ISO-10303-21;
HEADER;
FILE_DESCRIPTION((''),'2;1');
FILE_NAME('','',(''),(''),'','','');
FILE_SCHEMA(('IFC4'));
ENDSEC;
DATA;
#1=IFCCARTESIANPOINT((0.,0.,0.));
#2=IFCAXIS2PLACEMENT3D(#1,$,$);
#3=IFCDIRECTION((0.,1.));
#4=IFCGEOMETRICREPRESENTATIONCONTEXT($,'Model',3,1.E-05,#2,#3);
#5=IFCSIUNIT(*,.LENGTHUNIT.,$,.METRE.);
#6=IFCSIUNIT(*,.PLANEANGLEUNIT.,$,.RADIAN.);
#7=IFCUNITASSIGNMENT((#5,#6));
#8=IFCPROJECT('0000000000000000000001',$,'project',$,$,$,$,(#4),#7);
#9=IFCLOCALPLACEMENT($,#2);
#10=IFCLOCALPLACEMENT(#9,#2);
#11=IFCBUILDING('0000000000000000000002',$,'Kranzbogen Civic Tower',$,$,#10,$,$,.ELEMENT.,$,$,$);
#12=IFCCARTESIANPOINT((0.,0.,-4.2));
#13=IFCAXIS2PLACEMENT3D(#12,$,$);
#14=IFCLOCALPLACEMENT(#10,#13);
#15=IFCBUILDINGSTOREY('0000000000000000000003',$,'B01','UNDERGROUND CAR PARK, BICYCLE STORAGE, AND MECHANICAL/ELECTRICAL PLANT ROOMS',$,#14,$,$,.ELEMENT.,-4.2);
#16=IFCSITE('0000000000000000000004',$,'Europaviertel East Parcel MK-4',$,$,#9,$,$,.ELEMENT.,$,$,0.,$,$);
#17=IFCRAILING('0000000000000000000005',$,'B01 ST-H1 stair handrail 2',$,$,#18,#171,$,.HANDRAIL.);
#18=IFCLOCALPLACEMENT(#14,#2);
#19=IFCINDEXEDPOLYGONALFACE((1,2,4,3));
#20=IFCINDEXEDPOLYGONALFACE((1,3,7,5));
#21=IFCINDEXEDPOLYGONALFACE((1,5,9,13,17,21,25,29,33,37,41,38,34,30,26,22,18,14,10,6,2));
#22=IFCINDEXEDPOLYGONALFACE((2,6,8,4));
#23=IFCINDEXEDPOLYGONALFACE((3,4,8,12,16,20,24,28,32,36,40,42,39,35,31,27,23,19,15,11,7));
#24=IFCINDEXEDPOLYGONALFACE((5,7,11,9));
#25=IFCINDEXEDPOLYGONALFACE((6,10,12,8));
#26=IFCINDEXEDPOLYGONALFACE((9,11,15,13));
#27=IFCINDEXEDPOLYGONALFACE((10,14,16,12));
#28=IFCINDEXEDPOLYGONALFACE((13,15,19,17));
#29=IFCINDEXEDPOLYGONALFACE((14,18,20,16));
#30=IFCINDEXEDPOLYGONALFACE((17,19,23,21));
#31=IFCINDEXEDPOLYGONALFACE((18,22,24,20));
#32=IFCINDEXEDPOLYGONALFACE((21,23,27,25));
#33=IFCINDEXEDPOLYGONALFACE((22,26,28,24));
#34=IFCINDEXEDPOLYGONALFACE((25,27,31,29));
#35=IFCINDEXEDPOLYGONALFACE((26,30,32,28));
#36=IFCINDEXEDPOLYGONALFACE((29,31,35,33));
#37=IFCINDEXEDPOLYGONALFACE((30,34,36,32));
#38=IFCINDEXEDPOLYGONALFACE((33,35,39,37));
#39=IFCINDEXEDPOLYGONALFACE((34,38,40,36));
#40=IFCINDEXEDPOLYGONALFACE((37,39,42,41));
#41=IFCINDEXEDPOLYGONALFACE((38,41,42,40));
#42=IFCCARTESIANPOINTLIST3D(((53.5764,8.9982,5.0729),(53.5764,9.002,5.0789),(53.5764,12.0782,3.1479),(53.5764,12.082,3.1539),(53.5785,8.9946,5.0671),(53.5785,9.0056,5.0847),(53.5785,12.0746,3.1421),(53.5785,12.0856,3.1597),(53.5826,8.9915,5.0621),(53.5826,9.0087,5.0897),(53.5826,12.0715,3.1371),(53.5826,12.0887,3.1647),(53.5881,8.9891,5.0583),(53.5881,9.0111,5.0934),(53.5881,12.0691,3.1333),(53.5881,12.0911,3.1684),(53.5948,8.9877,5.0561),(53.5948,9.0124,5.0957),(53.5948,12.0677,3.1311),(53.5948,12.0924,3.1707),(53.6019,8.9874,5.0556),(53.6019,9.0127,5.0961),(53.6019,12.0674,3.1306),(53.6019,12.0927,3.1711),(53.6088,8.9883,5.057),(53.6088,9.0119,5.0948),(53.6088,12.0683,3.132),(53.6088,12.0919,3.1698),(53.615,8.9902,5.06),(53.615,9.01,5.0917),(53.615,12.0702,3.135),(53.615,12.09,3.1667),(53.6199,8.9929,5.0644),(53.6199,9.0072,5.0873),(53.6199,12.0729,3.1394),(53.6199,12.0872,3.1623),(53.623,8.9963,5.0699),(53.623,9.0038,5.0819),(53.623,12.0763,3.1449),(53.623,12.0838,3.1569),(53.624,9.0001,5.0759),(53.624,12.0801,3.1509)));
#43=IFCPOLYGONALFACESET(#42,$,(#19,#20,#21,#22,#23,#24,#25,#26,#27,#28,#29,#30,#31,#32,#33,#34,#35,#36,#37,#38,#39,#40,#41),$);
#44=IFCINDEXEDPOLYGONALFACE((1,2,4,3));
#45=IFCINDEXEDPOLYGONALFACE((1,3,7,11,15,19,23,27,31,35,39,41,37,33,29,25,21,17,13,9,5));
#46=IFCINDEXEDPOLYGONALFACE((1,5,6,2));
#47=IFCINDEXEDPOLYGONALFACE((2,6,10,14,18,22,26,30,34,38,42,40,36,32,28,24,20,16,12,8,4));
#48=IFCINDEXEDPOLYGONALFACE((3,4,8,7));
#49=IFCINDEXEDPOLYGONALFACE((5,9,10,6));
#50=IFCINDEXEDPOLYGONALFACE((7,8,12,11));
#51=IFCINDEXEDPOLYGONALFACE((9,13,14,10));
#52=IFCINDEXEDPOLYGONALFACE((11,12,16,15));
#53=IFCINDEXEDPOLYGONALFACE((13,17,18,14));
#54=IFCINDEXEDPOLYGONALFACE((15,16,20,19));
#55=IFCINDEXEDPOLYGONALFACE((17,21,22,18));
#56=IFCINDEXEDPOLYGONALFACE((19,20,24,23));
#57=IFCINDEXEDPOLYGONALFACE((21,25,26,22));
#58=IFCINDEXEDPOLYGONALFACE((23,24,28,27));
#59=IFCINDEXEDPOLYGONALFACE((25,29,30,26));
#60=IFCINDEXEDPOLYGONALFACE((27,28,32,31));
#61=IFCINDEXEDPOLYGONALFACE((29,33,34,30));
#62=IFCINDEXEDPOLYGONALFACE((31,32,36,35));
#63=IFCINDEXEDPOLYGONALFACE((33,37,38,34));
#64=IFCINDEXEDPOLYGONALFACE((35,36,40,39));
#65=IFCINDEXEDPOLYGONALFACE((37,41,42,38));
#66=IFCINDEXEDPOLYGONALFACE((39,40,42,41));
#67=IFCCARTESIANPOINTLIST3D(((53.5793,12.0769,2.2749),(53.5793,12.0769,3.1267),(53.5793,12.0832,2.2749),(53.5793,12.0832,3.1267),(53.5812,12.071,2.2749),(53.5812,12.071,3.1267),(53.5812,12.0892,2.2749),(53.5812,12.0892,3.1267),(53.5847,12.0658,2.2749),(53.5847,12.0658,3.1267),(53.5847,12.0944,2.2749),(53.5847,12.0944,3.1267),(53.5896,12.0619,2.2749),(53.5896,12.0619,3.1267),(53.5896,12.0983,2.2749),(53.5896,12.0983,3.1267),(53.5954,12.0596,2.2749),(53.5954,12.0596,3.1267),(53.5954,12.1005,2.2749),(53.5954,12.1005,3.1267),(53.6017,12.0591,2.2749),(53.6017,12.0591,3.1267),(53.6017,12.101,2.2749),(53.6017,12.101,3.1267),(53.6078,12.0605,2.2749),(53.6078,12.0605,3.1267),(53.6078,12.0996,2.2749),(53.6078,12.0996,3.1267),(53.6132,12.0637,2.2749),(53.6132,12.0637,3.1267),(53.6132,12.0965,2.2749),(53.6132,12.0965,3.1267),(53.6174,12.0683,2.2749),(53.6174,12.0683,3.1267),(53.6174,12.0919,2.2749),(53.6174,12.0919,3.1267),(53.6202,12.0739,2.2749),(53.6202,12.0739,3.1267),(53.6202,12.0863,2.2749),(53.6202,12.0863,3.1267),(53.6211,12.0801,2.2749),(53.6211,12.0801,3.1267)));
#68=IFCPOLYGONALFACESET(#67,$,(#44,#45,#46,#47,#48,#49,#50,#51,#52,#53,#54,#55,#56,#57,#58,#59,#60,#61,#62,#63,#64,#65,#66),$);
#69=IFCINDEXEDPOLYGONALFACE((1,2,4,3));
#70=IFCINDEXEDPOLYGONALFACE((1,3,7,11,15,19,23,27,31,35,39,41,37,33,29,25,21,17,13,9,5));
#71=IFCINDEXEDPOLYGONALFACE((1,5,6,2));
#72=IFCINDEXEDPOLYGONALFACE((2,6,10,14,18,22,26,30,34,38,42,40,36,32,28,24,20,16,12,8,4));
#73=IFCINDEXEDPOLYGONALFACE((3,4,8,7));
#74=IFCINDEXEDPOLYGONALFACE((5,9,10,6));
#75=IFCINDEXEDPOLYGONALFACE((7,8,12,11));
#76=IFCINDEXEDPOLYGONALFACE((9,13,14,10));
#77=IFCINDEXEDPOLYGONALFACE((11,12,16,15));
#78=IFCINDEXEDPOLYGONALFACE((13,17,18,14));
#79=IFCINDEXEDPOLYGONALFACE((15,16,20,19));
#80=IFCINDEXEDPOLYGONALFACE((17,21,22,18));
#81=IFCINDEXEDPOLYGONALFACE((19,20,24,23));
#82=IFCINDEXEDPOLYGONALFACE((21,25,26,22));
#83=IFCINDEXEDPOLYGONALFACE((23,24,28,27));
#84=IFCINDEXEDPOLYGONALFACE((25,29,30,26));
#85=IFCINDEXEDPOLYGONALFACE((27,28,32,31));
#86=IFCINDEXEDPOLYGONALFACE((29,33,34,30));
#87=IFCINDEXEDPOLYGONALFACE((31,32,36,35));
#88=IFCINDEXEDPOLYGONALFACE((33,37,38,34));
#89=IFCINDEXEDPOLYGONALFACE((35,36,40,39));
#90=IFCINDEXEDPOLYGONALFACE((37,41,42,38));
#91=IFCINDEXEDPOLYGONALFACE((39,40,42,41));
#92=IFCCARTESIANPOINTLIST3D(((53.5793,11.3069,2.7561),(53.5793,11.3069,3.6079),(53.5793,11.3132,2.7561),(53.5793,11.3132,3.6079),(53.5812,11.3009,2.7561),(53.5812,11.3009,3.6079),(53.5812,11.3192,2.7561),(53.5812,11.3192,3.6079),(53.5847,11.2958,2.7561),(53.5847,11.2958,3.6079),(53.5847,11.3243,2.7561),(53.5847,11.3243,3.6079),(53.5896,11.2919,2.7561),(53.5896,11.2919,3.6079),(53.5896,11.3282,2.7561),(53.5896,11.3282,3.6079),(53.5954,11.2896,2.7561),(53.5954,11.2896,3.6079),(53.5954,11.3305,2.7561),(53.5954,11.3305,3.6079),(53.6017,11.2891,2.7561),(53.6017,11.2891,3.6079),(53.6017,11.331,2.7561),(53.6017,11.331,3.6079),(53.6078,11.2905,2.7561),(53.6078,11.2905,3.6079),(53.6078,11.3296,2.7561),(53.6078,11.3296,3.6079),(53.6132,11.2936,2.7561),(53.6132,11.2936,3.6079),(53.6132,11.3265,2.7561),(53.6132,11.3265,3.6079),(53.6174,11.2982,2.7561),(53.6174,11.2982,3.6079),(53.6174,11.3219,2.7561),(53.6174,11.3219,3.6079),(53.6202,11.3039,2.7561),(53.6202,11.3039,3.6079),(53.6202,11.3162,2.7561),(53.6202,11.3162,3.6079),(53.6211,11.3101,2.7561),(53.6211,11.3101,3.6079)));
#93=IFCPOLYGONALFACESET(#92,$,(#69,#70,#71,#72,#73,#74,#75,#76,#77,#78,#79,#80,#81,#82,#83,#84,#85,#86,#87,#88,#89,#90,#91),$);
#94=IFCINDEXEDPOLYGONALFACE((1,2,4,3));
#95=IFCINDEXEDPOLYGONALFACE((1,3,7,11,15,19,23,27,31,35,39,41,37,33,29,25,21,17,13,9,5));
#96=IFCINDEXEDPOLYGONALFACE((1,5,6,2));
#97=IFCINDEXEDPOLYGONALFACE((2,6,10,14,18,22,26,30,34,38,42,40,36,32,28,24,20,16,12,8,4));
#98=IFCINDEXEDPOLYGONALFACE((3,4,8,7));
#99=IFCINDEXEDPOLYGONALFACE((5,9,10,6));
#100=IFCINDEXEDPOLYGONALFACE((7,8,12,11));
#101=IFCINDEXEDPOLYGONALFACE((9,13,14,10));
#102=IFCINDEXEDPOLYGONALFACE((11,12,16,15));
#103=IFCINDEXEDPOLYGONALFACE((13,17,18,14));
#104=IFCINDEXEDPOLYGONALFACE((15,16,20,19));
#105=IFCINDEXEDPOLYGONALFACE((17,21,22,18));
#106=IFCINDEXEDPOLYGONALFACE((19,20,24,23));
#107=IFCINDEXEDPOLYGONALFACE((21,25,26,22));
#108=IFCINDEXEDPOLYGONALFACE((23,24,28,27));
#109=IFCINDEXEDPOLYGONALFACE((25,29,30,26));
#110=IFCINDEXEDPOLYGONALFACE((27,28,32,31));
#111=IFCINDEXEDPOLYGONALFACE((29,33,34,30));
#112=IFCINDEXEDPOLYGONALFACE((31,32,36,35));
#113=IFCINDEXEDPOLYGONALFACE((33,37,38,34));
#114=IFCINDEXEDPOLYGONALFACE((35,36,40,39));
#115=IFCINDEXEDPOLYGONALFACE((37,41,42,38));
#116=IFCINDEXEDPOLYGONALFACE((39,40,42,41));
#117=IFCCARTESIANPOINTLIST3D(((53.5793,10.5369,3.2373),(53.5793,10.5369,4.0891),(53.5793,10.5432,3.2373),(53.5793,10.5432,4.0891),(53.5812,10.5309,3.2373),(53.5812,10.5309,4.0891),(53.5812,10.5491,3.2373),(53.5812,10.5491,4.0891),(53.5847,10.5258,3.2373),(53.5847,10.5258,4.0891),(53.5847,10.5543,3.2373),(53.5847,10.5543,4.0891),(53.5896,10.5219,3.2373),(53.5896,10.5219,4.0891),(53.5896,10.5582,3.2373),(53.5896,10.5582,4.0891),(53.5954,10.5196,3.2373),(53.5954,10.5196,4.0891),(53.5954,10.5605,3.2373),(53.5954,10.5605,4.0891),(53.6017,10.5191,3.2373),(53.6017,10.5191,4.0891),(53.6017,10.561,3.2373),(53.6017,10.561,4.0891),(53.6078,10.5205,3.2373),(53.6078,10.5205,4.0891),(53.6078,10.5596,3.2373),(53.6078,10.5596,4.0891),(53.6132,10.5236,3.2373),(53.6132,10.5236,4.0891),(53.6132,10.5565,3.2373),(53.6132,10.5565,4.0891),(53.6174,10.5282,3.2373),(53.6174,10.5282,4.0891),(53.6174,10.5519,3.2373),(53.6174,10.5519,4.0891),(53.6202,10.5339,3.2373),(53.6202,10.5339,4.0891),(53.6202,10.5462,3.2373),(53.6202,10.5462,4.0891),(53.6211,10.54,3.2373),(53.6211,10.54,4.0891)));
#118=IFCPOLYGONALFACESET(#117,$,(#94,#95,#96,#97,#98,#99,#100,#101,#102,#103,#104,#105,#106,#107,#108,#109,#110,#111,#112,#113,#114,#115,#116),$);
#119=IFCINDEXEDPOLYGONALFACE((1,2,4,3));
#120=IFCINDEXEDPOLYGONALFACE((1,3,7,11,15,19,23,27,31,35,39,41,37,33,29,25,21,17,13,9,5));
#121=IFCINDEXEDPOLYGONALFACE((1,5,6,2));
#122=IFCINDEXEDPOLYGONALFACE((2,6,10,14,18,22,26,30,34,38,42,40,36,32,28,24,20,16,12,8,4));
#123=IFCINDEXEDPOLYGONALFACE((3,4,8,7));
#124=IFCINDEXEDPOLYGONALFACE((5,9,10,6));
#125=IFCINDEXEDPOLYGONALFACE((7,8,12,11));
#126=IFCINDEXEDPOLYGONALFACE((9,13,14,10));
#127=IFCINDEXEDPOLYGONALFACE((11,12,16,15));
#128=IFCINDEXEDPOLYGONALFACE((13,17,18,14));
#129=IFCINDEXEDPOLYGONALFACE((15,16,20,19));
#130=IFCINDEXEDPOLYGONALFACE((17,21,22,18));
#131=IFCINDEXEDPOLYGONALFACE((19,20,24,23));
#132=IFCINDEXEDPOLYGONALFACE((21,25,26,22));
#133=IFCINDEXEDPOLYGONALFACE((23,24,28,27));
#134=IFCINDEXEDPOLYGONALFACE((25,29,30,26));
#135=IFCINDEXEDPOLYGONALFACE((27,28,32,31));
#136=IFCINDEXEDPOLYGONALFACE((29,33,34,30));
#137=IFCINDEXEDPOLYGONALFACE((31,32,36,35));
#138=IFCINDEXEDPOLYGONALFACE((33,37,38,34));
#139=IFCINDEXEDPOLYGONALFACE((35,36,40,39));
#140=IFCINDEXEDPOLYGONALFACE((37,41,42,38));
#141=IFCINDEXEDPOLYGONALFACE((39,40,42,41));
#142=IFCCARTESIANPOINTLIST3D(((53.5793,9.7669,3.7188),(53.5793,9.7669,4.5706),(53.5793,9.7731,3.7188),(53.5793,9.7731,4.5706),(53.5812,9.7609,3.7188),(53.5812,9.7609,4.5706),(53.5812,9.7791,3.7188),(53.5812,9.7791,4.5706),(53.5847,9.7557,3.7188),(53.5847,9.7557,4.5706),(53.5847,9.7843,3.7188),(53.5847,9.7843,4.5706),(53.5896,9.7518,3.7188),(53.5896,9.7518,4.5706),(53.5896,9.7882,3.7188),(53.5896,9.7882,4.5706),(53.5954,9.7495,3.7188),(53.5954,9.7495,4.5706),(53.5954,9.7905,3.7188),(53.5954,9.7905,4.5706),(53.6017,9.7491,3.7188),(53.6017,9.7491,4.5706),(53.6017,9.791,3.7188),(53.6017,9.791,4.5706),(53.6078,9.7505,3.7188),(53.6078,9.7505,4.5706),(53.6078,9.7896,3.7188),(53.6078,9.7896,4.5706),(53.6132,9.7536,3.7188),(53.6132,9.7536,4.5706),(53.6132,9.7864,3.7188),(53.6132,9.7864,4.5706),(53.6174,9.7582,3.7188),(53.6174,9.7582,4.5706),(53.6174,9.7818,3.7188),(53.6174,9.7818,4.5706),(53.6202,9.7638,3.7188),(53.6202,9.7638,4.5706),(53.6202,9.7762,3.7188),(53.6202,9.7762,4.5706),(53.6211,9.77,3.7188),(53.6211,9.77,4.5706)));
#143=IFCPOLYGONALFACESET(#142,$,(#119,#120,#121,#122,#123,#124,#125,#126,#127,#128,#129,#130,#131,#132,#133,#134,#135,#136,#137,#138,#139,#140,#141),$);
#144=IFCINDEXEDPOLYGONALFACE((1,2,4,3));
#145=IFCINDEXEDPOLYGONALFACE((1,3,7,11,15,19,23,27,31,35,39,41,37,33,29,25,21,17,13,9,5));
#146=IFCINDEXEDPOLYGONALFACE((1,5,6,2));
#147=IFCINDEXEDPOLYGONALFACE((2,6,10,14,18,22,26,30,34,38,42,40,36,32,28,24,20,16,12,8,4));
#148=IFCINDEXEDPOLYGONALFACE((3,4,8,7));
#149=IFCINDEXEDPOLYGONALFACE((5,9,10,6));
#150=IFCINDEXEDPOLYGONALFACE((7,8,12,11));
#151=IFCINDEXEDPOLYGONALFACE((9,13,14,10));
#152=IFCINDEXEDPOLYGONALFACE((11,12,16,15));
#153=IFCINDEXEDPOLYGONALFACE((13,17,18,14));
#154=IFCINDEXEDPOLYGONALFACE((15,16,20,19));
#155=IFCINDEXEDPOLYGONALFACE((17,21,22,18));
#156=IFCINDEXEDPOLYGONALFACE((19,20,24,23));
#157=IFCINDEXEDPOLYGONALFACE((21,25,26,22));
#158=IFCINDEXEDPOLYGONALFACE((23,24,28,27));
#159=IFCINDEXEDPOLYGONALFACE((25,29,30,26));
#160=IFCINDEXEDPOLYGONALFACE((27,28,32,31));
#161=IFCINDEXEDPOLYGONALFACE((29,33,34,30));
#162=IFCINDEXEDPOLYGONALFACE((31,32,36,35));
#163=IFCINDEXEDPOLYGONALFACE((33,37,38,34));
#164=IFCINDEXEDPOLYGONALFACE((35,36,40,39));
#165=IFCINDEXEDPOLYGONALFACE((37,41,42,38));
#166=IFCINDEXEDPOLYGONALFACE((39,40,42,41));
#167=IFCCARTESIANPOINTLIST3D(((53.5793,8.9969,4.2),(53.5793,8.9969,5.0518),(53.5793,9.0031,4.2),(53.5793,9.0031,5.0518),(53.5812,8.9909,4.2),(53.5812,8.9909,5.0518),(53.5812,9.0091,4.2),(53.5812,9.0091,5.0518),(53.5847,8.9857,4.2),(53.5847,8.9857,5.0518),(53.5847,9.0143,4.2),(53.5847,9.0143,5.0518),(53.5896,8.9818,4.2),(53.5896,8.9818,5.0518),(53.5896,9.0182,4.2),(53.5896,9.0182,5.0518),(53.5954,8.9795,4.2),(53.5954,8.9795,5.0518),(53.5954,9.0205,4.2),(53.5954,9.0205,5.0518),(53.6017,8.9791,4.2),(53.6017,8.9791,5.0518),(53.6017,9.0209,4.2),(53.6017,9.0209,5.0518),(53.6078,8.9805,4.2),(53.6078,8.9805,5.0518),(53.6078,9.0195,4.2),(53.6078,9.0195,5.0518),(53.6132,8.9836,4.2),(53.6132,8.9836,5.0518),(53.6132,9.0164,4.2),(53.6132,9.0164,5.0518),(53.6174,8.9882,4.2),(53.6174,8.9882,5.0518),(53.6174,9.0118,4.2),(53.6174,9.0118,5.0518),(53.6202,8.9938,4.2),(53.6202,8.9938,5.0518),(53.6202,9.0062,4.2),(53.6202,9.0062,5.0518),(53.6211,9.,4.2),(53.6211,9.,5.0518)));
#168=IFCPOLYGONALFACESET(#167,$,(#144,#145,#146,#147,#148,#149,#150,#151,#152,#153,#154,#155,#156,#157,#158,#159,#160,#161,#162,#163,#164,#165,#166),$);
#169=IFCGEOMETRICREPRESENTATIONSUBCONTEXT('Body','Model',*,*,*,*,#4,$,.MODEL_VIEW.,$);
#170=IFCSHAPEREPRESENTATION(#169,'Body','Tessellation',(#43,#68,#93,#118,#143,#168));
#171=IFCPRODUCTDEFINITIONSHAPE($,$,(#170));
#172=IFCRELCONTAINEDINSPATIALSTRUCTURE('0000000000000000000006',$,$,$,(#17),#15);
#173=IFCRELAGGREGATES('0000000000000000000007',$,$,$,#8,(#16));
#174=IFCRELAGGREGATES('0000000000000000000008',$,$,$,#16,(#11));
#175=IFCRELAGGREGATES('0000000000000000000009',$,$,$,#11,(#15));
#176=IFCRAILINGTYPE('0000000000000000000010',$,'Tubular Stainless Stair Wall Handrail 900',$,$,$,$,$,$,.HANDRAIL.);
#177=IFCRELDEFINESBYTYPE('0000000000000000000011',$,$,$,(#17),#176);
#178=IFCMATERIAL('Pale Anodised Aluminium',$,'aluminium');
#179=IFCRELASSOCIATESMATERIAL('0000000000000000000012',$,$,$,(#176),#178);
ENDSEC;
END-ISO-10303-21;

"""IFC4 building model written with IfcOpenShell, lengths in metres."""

from ifc_helpers import new_model, si_unit, direction, frame, origin, origin_2d, place, context, subcontext, project, spatial, circle, extrude, material, type_object, element, save


model = new_model("IFC4")

# Units and contexts
model_context = context("Model", 3, precision=1e-05, world=origin(), true_north=direction((0.0, 1.0)))
body_context = subcontext(model_context, "Body", "Model", "MODEL_VIEW")
ifc_project = project(units=[si_unit("LENGTHUNIT", "METRE"), si_unit("PLANEANGLEUNIT", "RADIAN")], contexts=[model_context])

# Site, building, storey
site_placement = place(None, origin())
site = spatial("IfcSite", under=ifc_project, at=site_placement, Name="Europaviertel East Parcel MK-4", CompositionType="ELEMENT", RefElevation=0.0)
building_placement = place(site_placement, origin())
building = spatial("IfcBuilding", under=site, at=building_placement, Name="Kranzbogen Civic Tower", CompositionType="ELEMENT")
storey_placement = place(building_placement, frame((0.0, 0.0, -4.2)))
storey = spatial("IfcBuildingStorey", under=building, at=storey_placement, Name="B01", Description="UNDERGROUND CAR PARK, BICYCLE STORAGE, AND MECHANICAL/ELECTRICAL PLANT ROOMS", CompositionType="ELEMENT", Elevation=-4.2)

# Railing
ifc_material_1 = material(Name="Pale Anodised Aluminium", Category="aluminium")
railing_type_1 = type_object("IfcRailingType", Name="Tubular Stainless Stair Wall Handrail 900", PredefinedType="HANDRAIL", material=ifc_material_1)
railing_1_placement = place(storey_placement, frame((53.6001, 12.0801, 2.2749)))
element("IfcRailing", 1, at=railing_1_placement, inside=storey, type_object=railing_type_1, Name="B01 ST-H1 stair handrail 2", PredefinedType="HANDRAIL", context=body_context, shape_type="SweptSolid", body=[
    extrude(circle(Radius=0.0239, at=origin_2d()), frame((0.0, 0.0, 0.876), z_axis=(0.0, -0.847998, 0.529999), x_axis=(1.0, 0.0, 0.0)), (0.0, 0.0, 1.0), 3.6321),
    extrude(circle(Radius=0.021, at=origin_2d()), origin(), (0.0, 0.0, 1.0), 0.8518),
    extrude(circle(Radius=0.021, at=origin_2d()), frame((0.0, -0.77, 0.4812)), (0.0, 0.0, 1.0), 0.8518),
    extrude(circle(Radius=0.021, at=origin_2d()), frame((0.0, -1.54, 0.9624)), (0.0, 0.0, 1.0), 0.8518),
    extrude(circle(Radius=0.021, at=origin_2d()), frame((0.0, -2.3101, 1.4438)), (0.0, 0.0, 1.0), 0.8518),
    extrude(circle(Radius=0.021, at=origin_2d()), frame((0.0, -3.0801, 1.925)), (0.0, 0.0, 1.0), 0.8518),
])

save(model, "model.ifc")
